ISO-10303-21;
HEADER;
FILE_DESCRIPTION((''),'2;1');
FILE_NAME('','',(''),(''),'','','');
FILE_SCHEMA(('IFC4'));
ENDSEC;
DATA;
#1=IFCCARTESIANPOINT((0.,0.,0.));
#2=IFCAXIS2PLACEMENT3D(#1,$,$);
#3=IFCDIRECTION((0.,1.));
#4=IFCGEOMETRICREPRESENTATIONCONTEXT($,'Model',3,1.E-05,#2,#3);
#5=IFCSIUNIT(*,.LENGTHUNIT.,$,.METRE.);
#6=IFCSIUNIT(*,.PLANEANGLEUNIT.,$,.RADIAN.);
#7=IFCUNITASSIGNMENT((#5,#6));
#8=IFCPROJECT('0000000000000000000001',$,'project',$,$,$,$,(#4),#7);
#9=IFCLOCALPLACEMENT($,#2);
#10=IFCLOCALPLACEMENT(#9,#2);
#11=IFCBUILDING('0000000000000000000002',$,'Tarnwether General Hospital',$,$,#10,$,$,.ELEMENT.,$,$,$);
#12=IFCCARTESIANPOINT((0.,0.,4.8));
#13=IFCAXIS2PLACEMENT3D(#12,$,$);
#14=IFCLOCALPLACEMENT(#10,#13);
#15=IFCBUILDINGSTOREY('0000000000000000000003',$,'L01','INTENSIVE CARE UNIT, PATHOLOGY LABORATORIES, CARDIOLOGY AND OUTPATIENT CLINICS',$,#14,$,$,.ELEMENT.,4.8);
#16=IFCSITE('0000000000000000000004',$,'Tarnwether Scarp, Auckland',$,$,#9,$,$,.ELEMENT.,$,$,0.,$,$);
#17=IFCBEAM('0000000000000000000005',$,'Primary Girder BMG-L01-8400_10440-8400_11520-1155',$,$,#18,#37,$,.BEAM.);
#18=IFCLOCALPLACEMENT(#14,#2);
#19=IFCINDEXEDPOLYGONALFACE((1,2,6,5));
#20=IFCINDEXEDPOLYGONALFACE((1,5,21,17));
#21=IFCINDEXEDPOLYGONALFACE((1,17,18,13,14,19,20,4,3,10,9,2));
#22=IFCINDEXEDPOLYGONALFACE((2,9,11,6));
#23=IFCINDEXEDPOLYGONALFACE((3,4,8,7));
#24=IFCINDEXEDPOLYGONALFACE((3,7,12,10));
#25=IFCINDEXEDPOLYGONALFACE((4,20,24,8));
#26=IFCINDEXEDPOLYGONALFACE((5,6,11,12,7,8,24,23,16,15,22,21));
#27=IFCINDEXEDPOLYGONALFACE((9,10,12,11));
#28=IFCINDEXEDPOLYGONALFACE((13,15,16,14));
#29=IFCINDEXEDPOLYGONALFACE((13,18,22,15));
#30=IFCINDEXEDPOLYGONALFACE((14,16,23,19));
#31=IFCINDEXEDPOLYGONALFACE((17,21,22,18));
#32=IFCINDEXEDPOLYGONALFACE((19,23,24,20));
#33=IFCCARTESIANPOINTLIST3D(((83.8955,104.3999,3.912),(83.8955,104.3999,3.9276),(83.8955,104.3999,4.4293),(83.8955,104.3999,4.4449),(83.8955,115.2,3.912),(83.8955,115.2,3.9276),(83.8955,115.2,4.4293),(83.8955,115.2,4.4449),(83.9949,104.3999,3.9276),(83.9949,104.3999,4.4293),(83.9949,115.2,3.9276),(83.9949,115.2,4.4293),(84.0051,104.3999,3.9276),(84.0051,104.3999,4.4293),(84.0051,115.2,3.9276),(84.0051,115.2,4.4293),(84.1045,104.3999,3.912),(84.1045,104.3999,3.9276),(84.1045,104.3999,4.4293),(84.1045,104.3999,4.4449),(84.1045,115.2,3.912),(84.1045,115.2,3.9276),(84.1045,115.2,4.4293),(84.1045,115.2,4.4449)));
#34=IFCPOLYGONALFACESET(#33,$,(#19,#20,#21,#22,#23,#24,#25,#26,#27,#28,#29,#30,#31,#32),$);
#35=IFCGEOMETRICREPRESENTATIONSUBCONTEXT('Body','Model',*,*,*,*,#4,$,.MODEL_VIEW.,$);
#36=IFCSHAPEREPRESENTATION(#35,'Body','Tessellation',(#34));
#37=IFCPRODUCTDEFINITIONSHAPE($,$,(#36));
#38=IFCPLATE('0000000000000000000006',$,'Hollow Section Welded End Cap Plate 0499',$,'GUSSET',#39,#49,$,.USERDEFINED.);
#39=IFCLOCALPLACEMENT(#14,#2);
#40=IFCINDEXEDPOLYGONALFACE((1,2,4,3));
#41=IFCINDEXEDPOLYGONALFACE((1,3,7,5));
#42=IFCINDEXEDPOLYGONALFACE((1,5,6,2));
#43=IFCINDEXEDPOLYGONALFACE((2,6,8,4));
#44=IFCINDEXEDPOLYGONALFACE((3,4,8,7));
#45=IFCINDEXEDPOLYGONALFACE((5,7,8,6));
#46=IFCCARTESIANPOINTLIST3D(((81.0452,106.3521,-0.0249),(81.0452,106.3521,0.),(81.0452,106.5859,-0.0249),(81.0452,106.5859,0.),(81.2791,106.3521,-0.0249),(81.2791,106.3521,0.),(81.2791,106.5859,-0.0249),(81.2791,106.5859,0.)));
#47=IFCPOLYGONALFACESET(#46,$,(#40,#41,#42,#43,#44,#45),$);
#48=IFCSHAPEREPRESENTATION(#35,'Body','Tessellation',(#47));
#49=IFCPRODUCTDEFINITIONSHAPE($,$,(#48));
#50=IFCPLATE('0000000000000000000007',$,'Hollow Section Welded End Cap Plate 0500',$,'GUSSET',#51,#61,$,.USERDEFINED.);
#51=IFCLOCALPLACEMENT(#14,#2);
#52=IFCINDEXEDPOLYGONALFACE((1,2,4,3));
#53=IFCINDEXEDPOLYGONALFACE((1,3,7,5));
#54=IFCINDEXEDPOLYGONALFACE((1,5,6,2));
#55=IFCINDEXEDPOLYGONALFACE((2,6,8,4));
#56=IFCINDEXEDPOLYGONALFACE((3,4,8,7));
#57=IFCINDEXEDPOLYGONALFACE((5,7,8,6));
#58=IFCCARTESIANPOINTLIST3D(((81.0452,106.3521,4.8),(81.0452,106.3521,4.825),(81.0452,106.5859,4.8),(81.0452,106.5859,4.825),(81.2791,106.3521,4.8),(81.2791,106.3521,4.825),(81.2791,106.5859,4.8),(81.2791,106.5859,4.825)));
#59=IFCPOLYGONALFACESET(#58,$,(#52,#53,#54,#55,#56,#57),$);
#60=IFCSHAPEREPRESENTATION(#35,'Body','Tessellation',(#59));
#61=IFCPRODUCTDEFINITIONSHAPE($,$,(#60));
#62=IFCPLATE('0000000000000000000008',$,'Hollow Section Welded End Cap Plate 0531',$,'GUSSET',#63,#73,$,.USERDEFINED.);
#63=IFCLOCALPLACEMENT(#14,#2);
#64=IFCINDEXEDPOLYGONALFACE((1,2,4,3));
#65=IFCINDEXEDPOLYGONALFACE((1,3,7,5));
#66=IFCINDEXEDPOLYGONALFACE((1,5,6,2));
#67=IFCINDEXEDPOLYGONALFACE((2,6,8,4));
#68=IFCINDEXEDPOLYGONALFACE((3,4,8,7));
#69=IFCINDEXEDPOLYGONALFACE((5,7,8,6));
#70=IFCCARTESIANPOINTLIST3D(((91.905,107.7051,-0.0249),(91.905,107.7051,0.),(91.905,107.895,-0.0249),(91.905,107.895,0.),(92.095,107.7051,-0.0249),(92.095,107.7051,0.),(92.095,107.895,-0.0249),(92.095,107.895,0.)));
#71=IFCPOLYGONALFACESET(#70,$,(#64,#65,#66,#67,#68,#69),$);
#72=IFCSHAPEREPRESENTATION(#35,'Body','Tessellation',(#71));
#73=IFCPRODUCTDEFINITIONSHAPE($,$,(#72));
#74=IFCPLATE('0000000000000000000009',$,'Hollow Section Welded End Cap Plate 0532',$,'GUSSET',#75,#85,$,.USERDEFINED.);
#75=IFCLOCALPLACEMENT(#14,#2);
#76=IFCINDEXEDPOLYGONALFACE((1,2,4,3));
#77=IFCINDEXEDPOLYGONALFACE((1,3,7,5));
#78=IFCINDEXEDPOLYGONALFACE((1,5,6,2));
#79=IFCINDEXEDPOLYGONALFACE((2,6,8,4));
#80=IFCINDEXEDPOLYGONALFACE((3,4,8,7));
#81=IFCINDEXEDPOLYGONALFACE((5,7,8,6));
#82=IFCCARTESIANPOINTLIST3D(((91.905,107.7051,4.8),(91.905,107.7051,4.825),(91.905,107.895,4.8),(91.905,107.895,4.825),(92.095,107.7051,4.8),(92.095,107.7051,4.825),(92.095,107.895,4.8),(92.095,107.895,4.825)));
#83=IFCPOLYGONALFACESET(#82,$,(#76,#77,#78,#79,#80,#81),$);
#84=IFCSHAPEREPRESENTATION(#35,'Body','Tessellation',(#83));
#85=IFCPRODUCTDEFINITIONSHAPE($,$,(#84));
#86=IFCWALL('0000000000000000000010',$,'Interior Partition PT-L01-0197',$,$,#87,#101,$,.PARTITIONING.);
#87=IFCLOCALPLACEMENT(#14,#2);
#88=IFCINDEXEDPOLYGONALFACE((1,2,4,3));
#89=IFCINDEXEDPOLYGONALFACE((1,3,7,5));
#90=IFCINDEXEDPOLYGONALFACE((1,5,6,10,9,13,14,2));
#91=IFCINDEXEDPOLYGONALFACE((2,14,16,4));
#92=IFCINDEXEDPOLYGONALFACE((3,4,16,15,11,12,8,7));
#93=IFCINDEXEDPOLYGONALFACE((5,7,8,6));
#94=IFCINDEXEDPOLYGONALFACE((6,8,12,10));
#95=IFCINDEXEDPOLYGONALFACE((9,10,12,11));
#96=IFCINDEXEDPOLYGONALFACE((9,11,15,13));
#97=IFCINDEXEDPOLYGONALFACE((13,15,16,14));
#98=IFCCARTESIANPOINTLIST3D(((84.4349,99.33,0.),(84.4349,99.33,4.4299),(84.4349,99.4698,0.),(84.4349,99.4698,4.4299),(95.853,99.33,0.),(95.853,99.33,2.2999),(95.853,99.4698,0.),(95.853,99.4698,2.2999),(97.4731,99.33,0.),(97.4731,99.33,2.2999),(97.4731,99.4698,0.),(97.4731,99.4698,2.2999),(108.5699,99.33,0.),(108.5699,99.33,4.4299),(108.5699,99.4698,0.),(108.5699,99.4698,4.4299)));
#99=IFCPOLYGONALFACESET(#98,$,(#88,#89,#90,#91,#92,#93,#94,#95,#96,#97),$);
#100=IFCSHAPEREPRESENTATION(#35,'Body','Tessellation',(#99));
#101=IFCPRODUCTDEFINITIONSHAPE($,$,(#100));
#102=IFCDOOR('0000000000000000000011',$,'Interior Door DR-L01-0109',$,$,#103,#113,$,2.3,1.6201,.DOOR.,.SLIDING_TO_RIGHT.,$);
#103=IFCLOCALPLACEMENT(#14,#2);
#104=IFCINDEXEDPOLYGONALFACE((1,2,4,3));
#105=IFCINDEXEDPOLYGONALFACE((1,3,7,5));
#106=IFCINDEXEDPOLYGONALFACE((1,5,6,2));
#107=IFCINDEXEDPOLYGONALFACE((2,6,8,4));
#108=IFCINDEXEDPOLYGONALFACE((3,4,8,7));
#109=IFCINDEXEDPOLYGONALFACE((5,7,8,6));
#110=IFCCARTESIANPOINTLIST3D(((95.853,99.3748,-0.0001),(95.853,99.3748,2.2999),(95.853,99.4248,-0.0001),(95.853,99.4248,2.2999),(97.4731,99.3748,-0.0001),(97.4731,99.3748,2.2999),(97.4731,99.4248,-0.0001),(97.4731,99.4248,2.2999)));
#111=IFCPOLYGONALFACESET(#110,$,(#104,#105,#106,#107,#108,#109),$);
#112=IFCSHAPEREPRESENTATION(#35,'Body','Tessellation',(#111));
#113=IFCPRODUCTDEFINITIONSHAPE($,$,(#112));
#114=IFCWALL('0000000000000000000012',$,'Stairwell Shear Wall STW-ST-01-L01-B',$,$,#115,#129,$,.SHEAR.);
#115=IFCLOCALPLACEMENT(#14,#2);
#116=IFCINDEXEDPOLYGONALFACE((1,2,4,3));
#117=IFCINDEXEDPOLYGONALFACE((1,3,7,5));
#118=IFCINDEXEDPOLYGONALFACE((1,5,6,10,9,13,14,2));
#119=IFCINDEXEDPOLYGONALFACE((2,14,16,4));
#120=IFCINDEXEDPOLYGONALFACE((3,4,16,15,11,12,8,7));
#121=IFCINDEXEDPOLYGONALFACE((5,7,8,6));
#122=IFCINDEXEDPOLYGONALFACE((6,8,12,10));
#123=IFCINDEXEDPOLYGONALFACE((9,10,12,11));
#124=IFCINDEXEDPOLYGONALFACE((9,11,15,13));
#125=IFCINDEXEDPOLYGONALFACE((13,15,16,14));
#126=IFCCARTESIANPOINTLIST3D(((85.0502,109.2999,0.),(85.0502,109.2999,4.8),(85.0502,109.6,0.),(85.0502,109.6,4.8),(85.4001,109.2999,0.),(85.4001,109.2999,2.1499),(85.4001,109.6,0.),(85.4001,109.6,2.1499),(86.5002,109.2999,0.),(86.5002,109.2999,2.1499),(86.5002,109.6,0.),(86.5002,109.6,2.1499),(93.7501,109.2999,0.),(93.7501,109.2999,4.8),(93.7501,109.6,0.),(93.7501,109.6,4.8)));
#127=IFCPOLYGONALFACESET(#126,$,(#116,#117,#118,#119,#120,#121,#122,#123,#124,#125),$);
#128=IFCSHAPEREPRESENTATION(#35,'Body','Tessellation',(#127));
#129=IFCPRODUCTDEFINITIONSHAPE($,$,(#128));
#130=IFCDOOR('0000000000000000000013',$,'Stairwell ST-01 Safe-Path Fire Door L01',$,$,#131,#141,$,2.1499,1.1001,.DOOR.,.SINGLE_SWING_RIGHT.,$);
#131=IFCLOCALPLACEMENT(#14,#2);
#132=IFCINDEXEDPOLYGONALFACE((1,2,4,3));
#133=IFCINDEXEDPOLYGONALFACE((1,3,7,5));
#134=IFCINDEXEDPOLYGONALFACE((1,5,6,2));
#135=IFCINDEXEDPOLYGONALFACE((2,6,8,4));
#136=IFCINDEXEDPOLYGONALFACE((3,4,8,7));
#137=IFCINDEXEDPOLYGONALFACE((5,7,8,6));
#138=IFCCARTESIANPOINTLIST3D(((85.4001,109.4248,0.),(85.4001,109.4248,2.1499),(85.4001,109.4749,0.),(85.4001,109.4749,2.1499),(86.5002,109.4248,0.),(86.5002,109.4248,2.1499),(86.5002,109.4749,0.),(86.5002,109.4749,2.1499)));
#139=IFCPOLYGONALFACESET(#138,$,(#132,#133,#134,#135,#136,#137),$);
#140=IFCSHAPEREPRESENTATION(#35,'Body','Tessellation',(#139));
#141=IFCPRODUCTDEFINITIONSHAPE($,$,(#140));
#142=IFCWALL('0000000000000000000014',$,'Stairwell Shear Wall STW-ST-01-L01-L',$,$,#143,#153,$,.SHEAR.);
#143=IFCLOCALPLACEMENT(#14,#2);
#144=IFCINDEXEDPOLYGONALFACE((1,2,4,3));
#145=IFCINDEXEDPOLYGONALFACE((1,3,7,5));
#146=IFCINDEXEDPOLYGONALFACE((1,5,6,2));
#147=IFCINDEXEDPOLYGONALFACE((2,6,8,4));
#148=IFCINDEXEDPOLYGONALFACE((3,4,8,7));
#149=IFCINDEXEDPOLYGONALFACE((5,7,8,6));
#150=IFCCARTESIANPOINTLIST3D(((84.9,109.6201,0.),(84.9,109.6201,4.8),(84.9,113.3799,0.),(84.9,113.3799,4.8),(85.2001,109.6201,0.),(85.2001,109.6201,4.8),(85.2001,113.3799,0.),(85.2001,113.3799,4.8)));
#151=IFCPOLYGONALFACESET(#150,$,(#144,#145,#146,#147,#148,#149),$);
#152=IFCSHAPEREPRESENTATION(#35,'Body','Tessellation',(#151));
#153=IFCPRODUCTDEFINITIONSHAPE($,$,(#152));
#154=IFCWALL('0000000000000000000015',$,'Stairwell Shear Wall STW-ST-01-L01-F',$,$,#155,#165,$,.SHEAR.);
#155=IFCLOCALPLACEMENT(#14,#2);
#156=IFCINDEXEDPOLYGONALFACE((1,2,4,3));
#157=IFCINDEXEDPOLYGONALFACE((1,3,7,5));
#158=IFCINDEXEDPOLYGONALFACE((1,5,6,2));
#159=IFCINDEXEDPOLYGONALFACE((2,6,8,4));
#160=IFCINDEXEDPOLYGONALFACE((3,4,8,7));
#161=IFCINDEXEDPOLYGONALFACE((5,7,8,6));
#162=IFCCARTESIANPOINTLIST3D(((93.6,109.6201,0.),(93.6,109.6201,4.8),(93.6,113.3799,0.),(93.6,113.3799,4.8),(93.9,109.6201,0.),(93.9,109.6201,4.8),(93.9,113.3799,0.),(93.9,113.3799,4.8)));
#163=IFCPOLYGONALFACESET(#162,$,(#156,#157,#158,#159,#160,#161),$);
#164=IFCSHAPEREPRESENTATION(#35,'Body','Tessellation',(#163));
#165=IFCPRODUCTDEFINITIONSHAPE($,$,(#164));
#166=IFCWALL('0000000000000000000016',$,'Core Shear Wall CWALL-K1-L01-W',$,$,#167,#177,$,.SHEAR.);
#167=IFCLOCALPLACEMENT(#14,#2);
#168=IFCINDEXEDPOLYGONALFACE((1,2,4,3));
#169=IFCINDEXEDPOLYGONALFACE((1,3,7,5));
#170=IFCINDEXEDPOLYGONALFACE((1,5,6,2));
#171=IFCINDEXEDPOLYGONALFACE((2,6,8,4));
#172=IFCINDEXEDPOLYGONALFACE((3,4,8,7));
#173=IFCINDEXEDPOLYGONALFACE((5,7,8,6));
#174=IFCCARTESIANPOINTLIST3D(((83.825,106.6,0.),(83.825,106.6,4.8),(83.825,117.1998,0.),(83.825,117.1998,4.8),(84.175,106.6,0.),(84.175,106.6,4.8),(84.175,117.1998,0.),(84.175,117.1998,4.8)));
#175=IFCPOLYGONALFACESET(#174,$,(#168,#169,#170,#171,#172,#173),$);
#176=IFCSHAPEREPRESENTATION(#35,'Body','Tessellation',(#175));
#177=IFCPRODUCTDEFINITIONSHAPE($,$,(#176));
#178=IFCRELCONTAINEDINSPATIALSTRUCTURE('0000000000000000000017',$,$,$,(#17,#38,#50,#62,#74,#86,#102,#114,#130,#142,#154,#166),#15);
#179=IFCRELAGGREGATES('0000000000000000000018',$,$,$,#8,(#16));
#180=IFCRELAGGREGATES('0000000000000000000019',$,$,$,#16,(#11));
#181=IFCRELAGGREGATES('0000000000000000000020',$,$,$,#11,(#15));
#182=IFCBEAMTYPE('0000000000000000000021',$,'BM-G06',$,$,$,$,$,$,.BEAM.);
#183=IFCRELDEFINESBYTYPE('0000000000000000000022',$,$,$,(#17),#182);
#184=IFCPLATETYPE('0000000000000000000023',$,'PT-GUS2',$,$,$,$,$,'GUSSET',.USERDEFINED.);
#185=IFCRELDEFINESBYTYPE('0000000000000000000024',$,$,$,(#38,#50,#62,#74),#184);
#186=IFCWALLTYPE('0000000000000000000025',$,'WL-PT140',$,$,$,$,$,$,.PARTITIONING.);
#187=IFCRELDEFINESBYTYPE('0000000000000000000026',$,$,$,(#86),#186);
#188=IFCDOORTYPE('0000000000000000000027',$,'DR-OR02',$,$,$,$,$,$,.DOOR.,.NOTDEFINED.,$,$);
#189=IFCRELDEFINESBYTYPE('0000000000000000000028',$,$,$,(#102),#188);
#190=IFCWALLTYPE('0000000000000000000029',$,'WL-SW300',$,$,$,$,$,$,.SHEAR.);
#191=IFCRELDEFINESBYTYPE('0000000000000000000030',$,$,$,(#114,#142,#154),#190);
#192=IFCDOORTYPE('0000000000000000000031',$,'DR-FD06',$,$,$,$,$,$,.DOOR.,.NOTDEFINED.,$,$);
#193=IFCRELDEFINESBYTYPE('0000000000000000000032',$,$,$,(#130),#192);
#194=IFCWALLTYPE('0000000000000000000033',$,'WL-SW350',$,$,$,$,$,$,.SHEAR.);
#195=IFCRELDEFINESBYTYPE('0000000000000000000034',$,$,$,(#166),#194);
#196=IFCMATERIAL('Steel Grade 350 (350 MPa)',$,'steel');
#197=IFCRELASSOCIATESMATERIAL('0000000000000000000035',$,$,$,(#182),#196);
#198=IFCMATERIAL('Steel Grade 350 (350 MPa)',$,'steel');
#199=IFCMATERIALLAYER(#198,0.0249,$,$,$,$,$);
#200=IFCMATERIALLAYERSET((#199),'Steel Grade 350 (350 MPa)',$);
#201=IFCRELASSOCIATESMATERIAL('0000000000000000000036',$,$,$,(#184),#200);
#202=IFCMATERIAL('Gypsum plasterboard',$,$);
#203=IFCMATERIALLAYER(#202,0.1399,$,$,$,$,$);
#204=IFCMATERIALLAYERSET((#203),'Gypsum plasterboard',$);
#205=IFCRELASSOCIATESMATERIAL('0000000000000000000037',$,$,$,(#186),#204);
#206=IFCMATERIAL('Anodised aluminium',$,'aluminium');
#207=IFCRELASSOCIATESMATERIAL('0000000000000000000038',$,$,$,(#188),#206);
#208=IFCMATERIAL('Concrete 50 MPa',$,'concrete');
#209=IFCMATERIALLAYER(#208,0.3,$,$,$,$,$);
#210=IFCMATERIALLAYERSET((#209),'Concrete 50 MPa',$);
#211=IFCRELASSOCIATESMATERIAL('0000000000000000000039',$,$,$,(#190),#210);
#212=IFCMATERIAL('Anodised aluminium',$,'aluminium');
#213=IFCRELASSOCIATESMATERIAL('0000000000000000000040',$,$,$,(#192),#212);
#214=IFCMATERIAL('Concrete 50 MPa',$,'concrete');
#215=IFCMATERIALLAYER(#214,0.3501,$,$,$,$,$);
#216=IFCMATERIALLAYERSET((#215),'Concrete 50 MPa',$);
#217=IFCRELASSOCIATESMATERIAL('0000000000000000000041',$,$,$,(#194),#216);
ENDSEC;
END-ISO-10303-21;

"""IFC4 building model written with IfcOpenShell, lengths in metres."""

from ifc_helpers import new_model, si_unit, direction, frame, frame_2d, origin, origin_2d, place, context, subcontext, project, spatial, rectangle, i_section, extrude, material, layer, layer_set, material_profile, profile_set, type_object, element, fill, save


model = new_model("IFC4")

# Units and contexts
model_context = context("Model", 3, precision=1e-05, world=origin(), true_north=direction((0.0, 1.0)))
body_context = subcontext(model_context, "Body", "Model", "MODEL_VIEW")
ifc_project = project(units=[si_unit("LENGTHUNIT", "METRE"), si_unit("PLANEANGLEUNIT", "RADIAN")], contexts=[model_context])

# Site, building, storey
site_placement = place(None, origin())
site = spatial("IfcSite", under=ifc_project, at=site_placement, Name="Tarnwether Scarp, Auckland", CompositionType="ELEMENT", RefElevation=0.0)
building_placement = place(site_placement, origin())
building = spatial("IfcBuilding", under=site, at=building_placement, Name="Tarnwether General Hospital", CompositionType="ELEMENT")
storey_placement = place(building_placement, frame((0.0, 0.0, 4.8)))
storey = spatial("IfcBuildingStorey", under=building, at=storey_placement, Name="L01", Description="INTENSIVE CARE UNIT, PATHOLOGY LABORATORIES, CARDIOLOGY AND OUTPATIENT CLINICS", CompositionType="ELEMENT", Elevation=4.8)

# Beam
ifc_material_1 = material(Name="Steel Grade 350 (350 MPa)", Category="steel")
ifc_material_profile_1 = material_profile(ifc_material_1, i_section(OverallWidth=0.209, OverallDepth=0.533, WebThickness=0.0103, FlangeThickness=0.0156, at=origin_2d()), Name="530UB92.4")
ifc_profile_set_1 = profile_set([ifc_material_profile_1], Name="Steel Grade 350 (350 MPa)")
beam_type_1 = type_object("IfcBeamType", Name="BM-G06", PredefinedType="BEAM", material=ifc_profile_set_1)
beam_1_placement = place(storey_placement, frame((84.0, 104.3999, 4.1785), z_axis=(0.0, 1.0, 0.0), x_axis=(-1.0, 0.0, 0.0)))
element("IfcBeam", 1, at=beam_1_placement, inside=storey, type_object=beam_type_1, Name="Primary Girder BMG-L01-8400_10440-8400_11520-1155", PredefinedType="BEAM", context=body_context, shape_type="SweptSolid", body=[
    extrude(i_section(OverallWidth=0.209, OverallDepth=0.533, WebThickness=0.0103, FlangeThickness=0.0156, at=origin_2d()), origin(), (0.0, 0.0, 1.0), 10.8),
])

# Plates
ifc_material_2 = material(Name="Steel Grade 350 (350 MPa)", Category="steel")
ifc_layer_1 = layer(ifc_material_2, 0.0249)
ifc_layer_set_1 = layer_set([ifc_layer_1], Name="Steel Grade 350 (350 MPa)")
plate_type = type_object("IfcPlateType", Name="PT-GUS2", ElementType="GUSSET", PredefinedType="USERDEFINED", material=ifc_layer_set_1)
for number, where, z_axis, x_axis, name in (
    (2, (81.1621, 106.469, -0.0249), (0.0, 0.0, 1.0), (1.0, 0.0, 0.0), "Hollow Section Welded End Cap Plate 0499"),
    (3, (81.1621, 106.469, 4.8), (0.0, 0.0, 1.0), (1.0, 0.0, 0.0), "Hollow Section Welded End Cap Plate 0500"),
):
    element("IfcPlate", number, at=place(storey_placement, frame(where, z_axis=z_axis, x_axis=x_axis)), inside=storey, type_object=plate_type, Name=name, ObjectType="GUSSET", PredefinedType="USERDEFINED", context=body_context, shape_type="SweptSolid", body=[
        extrude(rectangle(XDim=0.2339, YDim=0.2339, at=origin_2d()), origin(), (0.0, 0.0, 1.0), 0.0249),
    ])
for number, where, z_axis, x_axis, name in (
    (4, (92.0, 107.8, -0.0249), (0.0, 0.0, 1.0), (1.0, 0.0, 0.0), "Hollow Section Welded End Cap Plate 0531"),
    (5, (92.0, 107.8, 4.8), (0.0, 0.0, 1.0), (1.0, 0.0, 0.0), "Hollow Section Welded End Cap Plate 0532"),
):
    element("IfcPlate", number, at=place(storey_placement, frame(where, z_axis=z_axis, x_axis=x_axis)), inside=storey, type_object=plate_type, Name=name, ObjectType="GUSSET", PredefinedType="USERDEFINED", context=body_context, shape_type="SweptSolid", body=[
        extrude(rectangle(XDim=0.1899, YDim=0.1899, at=origin_2d()), origin(), (0.0, 0.0, 1.0), 0.0249),
    ])

# Walls, openings, doors
ifc_material_3 = material(Name="Gypsum plasterboard")
ifc_layer_2 = layer(ifc_material_3, 0.1399)
ifc_layer_set_2 = layer_set([ifc_layer_2], Name="Gypsum plasterboard")
wall_type_1 = type_object("IfcWallType", Name="WL-PT140", PredefinedType="PARTITIONING", material=ifc_layer_set_2)
wall_1_placement = place(storey_placement, frame((84.4351, 99.3999, 0.0), z_axis=(0.0, 0.0, 1.0), x_axis=(1.0, 0.0, 0.0)))
wall_1 = element("IfcWall", 6, at=wall_1_placement, inside=storey, type_object=wall_type_1, Name="Interior Partition PT-L01-0197", PredefinedType="PARTITIONING", context=body_context, shape_type="SweptSolid", body=[
    extrude(rectangle(XDim=24.135, YDim=0.1399, at=frame_2d((12.0674, 0.0))), origin(), (0.0, 0.0, 1.0), 4.4299),
])
opening_1_placement = place(wall_1_placement, frame((11.418, 0.0, 0.0)))
opening_1 = element("IfcOpeningElement", 7, at=opening_1_placement, cuts=wall_1, PredefinedType="OPENING", context=body_context, shape_type="SweptSolid", body=[
    extrude(rectangle(XDim=1.6201, YDim=2.3, at=frame_2d((0.8101, 1.1499))), frame((0.0, 0.0801, 0.0), z_axis=(0.0, -1.0, 0.0), x_axis=(1.0, 0.0, 0.0)), (0.0, 0.0, 1.0), 0.1599),
])
ifc_material_4 = material(Name="Anodised aluminium", Category="aluminium")
door_type_1 = type_object("IfcDoorType", Name="DR-OR02", OperationType="NOTDEFINED", PredefinedType="DOOR", material=ifc_material_4)
door_1_placement = place(opening_1_placement, origin())
door_1 = element("IfcDoor", 8, at=door_1_placement, inside=storey, type_object=door_type_1, Name="Interior Door DR-L01-0109", OperationType="SLIDING_TO_RIGHT", OverallHeight=2.3, OverallWidth=1.6201, PredefinedType="DOOR", context=body_context, shape_type="SweptSolid", body=[
    extrude(rectangle(XDim=1.6201, YDim=2.3, at=frame_2d((0.8101, 1.1499))), frame((0.0, 0.0249, 0.0), z_axis=(0.0, -1.0, 0.0), x_axis=(1.0, 0.0, 0.0)), (0.0, 0.0, 1.0), 0.05),
])
fill(opening_1, door_1)
ifc_material_5 = material(Name="Concrete 50 MPa", Category="concrete")
ifc_layer_3 = layer(ifc_material_5, 0.3)
ifc_layer_set_3 = layer_set([ifc_layer_3], Name="Concrete 50 MPa")
wall_type_2 = type_object("IfcWallType", Name="WL-SW300", PredefinedType="SHEAR", material=ifc_layer_set_3)
wall_2_placement = place(storey_placement, frame((85.05, 109.45, 0.0), z_axis=(0.0, 0.0, 1.0), x_axis=(1.0, 0.0, 0.0)))
wall_2 = element("IfcWall", 9, at=wall_2_placement, inside=storey, type_object=wall_type_2, Name="Stairwell Shear Wall STW-ST-01-L01-B", PredefinedType="SHEAR", context=body_context, shape_type="SweptSolid", body=[
    extrude(rectangle(XDim=8.7, YDim=0.3, at=frame_2d((4.3501, 0.0))), origin(), (0.0, 0.0, 1.0), 4.8),
])
opening_2_placement = place(wall_2_placement, frame((0.3501, 0.0, 0.0)))
opening_2 = element("IfcOpeningElement", 10, at=opening_2_placement, cuts=wall_2, PredefinedType="OPENING", context=body_context, shape_type="SweptSolid", body=[
    extrude(rectangle(XDim=1.1001, YDim=2.1499, at=frame_2d((0.55, 1.075))), frame((0.0, 0.1602, 0.0), z_axis=(0.0, -1.0, 0.0), x_axis=(1.0, 0.0, 0.0)), (0.0, 0.0, 1.0), 0.3201),
])
ifc_material_6 = material(Name="Anodised aluminium", Category="aluminium")
door_type_2 = type_object("IfcDoorType", Name="DR-FD06", OperationType="NOTDEFINED", PredefinedType="DOOR", material=ifc_material_6)
door_2_placement = place(opening_2_placement, origin())
door_2 = element("IfcDoor", 11, at=door_2_placement, inside=storey, type_object=door_type_2, Name="Stairwell ST-01 Safe-Path Fire Door L01", OperationType="SINGLE_SWING_RIGHT", OverallHeight=2.1499, OverallWidth=1.1001, PredefinedType="DOOR", context=body_context, shape_type="SweptSolid", body=[
    extrude(rectangle(XDim=1.1001, YDim=2.1499, at=frame_2d((0.55, 1.075))), frame((0.0, 0.0249, 0.0), z_axis=(0.0, -1.0, 0.0), x_axis=(1.0, 0.0, 0.0)), (0.0, 0.0, 1.0), 0.05),
])
fill(opening_2, door_2)

# Walls
for number, where, z_axis, x_axis, name in (
    (12, (85.05, 109.6201, 0.0), (0.0, 0.0, 1.0), (0.0, 1.0, 0.0), "Stairwell Shear Wall STW-ST-01-L01-L"),
    (13, (93.75, 109.6201, 0.0), (0.0, 0.0, 1.0), (0.0, 1.0, 0.0), "Stairwell Shear Wall STW-ST-01-L01-F"),
):
    element("IfcWall", number, at=place(storey_placement, frame(where, z_axis=z_axis, x_axis=x_axis)), inside=storey, type_object=wall_type_2, Name=name, PredefinedType="SHEAR", context=body_context, shape_type="SweptSolid", body=[
        extrude(rectangle(XDim=3.7598, YDim=0.3, at=frame_2d((1.8799, 0.0))), origin(), (0.0, 0.0, 1.0), 4.8),
    ])
ifc_material_7 = material(Name="Concrete 50 MPa", Category="concrete")
ifc_layer_4 = layer(ifc_material_7, 0.3501)
ifc_layer_set_4 = layer_set([ifc_layer_4], Name="Concrete 50 MPa")
wall_type_3 = type_object("IfcWallType", Name="WL-SW350", PredefinedType="SHEAR", material=ifc_layer_set_4)
wall_3_placement = place(storey_placement, frame((84.0, 106.6001, 0.0), z_axis=(0.0, 0.0, 1.0), x_axis=(0.0, 1.0, 0.0)))
element("IfcWall", 14, at=wall_3_placement, inside=storey, type_object=wall_type_3, Name="Core Shear Wall CWALL-K1-L01-W", PredefinedType="SHEAR", context=body_context, shape_type="SweptSolid", body=[
    extrude(rectangle(XDim=10.5999, YDim=0.3501, at=frame_2d((5.2998, 0.0))), origin(), (0.0, 0.0, 1.0), 4.8),
])

save(model, "model.ifc")
